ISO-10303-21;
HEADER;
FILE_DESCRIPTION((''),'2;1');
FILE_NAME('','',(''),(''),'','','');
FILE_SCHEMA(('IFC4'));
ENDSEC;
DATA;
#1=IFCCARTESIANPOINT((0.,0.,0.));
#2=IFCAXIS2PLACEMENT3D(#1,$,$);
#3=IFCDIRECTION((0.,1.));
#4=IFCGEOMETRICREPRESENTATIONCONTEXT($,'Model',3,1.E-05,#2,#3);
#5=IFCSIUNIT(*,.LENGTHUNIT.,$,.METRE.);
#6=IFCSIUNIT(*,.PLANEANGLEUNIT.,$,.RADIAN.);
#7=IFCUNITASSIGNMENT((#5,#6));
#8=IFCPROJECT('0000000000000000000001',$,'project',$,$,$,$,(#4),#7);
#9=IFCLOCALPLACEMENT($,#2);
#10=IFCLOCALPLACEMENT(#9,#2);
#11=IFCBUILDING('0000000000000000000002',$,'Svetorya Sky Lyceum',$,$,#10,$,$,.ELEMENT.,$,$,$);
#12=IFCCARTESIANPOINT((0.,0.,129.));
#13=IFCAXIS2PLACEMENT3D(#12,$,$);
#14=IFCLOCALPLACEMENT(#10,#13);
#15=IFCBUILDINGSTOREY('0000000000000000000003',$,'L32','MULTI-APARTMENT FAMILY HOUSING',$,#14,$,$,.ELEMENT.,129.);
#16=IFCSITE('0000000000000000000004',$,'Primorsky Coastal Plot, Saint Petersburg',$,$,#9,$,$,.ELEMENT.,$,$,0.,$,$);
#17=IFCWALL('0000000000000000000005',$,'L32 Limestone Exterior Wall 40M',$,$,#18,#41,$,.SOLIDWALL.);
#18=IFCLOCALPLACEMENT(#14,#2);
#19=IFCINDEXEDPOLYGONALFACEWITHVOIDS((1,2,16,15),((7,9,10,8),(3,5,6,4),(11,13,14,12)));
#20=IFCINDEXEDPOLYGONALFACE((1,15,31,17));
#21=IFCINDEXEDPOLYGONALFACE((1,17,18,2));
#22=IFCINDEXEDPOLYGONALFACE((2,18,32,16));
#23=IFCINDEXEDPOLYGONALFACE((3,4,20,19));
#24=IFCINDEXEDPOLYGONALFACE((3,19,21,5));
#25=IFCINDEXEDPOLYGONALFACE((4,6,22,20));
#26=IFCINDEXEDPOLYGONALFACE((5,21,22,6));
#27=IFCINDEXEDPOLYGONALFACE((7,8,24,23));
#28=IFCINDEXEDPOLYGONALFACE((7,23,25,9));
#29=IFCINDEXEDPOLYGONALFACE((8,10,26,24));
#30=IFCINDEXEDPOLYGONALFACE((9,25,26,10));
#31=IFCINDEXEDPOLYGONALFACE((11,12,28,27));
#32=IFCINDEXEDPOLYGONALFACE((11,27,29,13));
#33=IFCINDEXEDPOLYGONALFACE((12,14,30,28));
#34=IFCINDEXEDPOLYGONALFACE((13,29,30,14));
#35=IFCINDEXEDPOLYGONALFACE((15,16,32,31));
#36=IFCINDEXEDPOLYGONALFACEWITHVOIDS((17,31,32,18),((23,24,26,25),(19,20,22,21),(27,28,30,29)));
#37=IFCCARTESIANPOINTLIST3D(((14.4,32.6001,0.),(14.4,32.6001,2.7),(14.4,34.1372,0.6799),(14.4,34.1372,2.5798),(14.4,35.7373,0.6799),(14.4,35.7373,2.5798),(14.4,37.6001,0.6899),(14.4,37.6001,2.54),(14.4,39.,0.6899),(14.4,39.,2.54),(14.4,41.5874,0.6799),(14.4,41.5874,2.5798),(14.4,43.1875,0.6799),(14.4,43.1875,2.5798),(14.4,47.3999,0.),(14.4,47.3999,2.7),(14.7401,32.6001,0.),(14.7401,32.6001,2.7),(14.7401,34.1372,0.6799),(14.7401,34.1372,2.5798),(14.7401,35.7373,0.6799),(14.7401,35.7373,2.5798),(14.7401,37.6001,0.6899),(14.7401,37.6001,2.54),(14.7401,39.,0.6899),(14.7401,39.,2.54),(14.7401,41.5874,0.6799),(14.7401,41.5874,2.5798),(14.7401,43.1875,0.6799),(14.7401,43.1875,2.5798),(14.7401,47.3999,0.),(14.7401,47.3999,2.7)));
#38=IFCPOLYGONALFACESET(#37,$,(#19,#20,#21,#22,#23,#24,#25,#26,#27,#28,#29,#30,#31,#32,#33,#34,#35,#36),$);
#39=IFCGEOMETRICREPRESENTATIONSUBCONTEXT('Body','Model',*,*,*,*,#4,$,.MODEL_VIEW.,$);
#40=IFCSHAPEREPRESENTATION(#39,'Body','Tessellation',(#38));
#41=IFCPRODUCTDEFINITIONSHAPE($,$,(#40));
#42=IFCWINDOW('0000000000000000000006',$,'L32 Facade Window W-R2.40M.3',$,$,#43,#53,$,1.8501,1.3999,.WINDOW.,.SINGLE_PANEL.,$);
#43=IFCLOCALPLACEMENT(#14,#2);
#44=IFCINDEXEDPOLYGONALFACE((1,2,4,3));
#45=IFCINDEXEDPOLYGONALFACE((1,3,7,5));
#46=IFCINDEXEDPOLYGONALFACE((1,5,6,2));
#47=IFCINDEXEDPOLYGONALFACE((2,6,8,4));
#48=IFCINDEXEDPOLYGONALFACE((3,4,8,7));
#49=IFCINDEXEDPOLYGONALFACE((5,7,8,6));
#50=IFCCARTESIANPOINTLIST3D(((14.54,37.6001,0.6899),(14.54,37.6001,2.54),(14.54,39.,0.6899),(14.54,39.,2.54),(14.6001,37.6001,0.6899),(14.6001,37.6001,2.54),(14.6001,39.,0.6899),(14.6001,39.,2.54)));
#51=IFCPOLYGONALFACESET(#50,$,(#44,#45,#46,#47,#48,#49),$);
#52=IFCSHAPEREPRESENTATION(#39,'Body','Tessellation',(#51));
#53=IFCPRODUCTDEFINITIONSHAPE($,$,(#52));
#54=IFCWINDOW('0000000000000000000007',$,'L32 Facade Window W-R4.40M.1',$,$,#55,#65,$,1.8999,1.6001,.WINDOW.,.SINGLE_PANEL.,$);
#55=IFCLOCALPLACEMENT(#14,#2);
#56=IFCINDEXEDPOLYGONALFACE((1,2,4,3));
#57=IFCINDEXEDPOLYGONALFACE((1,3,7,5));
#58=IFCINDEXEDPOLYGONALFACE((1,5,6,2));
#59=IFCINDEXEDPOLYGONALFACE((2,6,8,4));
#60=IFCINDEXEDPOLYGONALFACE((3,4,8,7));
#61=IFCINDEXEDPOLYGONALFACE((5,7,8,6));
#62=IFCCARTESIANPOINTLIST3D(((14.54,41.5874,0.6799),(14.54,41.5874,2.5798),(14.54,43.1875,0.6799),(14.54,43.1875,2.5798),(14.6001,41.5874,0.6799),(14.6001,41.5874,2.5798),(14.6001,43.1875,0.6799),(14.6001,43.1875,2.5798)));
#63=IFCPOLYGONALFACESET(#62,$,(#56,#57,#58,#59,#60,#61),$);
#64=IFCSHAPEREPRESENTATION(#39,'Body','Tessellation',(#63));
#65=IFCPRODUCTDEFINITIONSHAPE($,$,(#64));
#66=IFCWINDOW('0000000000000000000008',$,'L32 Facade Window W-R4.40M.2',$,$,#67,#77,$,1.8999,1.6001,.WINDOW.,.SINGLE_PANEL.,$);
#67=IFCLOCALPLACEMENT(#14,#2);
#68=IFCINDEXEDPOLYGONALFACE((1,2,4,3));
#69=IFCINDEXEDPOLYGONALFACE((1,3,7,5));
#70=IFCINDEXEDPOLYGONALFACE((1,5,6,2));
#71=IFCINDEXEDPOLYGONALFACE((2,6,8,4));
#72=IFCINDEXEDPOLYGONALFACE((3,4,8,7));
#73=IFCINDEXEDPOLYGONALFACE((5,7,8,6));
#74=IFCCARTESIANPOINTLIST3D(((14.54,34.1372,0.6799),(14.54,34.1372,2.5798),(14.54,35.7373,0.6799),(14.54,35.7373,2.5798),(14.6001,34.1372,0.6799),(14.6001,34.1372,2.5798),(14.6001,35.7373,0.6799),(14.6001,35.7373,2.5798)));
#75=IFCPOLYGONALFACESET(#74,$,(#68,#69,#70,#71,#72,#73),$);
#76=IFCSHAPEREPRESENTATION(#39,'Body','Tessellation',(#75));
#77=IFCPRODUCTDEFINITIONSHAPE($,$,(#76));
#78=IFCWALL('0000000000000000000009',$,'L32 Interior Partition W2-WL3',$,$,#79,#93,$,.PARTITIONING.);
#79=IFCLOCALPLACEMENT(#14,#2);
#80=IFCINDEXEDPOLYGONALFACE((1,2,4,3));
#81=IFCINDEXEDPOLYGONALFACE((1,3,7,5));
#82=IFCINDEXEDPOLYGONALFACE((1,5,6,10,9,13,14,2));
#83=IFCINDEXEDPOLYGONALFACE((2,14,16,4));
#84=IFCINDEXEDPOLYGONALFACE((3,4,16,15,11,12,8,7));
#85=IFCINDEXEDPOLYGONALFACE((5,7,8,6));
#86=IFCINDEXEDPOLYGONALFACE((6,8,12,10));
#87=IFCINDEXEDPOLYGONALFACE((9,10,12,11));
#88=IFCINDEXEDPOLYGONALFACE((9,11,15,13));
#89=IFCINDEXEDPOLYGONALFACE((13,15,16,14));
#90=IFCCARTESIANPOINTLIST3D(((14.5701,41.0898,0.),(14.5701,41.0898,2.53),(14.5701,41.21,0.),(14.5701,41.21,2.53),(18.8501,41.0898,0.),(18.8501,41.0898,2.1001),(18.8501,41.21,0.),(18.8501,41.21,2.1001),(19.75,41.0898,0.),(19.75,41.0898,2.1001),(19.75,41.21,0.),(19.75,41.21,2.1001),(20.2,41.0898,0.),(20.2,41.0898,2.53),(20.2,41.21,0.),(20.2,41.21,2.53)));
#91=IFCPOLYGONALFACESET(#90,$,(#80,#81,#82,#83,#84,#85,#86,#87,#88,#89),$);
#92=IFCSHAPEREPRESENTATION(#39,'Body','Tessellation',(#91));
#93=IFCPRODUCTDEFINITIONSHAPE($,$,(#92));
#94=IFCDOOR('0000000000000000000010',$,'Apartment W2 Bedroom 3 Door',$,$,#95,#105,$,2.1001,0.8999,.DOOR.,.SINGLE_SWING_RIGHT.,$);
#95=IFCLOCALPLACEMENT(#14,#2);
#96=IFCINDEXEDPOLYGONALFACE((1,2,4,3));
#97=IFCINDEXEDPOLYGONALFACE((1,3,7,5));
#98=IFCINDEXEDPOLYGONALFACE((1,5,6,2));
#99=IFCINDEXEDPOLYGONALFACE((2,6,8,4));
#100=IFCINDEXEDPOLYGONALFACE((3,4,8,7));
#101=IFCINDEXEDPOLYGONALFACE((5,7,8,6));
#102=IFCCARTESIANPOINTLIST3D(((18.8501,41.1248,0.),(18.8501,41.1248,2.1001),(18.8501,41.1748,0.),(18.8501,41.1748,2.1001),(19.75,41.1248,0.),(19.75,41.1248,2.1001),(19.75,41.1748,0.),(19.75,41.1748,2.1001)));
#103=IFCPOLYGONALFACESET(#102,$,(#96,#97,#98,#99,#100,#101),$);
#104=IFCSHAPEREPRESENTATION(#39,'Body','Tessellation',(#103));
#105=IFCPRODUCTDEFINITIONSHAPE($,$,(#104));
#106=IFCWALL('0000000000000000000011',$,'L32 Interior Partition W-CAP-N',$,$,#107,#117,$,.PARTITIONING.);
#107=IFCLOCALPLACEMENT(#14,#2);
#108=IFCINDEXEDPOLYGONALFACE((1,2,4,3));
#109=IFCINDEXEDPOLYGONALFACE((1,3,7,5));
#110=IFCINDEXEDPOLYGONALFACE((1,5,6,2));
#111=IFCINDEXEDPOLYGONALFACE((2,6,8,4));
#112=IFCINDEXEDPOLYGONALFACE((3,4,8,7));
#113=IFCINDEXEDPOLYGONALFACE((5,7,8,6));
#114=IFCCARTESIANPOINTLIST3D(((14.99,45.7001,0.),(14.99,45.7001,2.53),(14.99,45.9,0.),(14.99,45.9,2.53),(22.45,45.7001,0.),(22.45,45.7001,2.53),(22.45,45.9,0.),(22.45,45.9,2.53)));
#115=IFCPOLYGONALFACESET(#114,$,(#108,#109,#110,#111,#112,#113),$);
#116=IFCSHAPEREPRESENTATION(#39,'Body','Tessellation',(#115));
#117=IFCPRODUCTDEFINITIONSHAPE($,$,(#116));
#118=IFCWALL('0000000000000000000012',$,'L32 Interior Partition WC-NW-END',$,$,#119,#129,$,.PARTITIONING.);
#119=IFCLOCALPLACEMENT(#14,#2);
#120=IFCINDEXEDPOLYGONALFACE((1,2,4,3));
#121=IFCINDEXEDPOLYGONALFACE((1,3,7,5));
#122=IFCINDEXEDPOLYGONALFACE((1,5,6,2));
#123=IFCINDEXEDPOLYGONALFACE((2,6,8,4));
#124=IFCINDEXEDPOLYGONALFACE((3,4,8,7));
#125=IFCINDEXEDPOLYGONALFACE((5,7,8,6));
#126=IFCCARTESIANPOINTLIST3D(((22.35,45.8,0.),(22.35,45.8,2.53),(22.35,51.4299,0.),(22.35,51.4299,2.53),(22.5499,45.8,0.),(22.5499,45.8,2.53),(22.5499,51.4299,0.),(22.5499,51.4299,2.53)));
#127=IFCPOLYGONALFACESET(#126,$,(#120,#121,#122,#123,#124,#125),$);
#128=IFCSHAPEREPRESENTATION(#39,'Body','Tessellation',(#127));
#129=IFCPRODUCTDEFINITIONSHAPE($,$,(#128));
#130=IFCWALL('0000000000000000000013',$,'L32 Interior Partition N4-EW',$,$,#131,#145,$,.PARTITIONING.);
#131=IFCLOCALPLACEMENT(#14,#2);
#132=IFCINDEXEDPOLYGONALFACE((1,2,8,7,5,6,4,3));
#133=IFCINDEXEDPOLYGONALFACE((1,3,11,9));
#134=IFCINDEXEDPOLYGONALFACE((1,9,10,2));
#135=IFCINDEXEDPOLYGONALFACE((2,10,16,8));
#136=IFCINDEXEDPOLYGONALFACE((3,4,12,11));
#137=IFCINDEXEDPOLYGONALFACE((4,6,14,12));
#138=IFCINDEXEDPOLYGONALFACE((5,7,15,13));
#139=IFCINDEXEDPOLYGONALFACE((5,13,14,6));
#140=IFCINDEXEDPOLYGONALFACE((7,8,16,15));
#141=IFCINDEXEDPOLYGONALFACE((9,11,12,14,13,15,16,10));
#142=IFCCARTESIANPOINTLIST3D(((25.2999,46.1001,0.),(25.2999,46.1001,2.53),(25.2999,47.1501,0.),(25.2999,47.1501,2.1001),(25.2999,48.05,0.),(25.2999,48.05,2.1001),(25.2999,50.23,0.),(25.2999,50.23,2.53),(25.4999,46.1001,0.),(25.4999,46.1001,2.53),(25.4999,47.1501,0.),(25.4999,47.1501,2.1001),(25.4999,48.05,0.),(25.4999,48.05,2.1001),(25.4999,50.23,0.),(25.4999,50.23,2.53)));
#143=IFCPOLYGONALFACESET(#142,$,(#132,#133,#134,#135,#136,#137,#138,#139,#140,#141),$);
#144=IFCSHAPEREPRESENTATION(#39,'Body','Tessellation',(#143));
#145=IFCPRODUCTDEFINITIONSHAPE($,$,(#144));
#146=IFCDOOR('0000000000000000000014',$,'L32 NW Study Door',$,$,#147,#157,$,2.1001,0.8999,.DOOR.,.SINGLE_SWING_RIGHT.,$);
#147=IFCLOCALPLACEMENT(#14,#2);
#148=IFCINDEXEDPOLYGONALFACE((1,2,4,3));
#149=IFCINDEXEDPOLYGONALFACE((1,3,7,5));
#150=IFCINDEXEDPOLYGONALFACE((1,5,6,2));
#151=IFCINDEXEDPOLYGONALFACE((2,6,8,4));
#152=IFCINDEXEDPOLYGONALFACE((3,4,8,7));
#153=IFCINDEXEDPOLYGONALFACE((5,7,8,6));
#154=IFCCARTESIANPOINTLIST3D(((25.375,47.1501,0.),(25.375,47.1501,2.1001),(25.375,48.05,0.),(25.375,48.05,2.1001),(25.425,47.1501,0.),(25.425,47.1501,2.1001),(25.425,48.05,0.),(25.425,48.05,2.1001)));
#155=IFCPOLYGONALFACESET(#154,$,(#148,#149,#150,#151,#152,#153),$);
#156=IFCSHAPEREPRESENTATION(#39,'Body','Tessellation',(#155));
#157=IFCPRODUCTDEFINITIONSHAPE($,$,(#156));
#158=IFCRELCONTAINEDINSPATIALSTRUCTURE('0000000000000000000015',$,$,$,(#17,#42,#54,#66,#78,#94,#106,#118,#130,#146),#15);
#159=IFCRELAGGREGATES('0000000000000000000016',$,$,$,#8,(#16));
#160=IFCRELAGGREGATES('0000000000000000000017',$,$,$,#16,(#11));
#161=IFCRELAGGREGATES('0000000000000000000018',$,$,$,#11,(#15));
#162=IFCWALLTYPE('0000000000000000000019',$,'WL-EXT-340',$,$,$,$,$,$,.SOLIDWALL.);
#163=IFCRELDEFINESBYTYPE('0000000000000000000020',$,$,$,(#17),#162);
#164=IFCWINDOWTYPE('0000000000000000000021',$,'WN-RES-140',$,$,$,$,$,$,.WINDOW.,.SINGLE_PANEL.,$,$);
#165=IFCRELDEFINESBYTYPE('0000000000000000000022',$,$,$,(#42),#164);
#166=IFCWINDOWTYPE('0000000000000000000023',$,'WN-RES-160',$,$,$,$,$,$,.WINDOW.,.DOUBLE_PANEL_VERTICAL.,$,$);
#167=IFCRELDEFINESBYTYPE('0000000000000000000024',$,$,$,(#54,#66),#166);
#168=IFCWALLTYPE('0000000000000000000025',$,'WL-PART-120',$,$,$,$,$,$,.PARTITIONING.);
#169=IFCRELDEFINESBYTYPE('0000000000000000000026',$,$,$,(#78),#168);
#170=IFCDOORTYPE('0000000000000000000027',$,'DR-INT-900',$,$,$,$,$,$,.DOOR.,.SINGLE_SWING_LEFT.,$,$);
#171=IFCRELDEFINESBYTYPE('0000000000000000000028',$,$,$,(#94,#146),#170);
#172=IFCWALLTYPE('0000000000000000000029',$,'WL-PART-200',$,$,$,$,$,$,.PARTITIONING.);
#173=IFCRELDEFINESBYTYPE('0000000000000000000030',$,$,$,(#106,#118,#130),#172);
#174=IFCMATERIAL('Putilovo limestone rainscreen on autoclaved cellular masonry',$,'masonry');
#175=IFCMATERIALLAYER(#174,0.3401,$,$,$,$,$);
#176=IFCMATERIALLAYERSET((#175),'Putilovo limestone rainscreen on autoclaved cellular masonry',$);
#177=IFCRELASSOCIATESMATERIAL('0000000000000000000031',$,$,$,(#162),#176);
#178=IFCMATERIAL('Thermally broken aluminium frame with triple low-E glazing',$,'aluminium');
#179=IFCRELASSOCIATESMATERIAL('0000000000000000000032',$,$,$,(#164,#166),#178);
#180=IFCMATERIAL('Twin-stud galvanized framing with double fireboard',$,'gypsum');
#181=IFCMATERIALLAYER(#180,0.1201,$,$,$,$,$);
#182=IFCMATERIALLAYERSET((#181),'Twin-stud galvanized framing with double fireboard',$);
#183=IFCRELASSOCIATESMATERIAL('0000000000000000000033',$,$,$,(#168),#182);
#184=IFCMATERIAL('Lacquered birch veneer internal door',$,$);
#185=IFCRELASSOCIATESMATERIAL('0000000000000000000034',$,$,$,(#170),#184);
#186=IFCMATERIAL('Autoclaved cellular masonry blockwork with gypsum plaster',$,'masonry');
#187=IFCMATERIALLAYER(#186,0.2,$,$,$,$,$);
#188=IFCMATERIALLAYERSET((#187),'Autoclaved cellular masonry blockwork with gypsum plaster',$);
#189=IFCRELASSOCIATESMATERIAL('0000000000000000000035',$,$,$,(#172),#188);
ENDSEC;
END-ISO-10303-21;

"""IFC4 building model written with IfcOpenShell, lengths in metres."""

from ifc_helpers import new_model, si_unit, direction, frame, frame_2d, origin, place, context, subcontext, project, spatial, rectangle, extrude, material, layer, layer_set, type_object, element, fill, save


model = new_model("IFC4")

# Units and contexts
model_context = context("Model", 3, precision=1e-05, world=origin(), true_north=direction((0.0, 1.0)))
body_context = subcontext(model_context, "Body", "Model", "MODEL_VIEW")
ifc_project = project(units=[si_unit("LENGTHUNIT", "METRE"), si_unit("PLANEANGLEUNIT", "RADIAN")], contexts=[model_context])

# Site, building, storey
site_placement = place(None, origin())
site = spatial("IfcSite", under=ifc_project, at=site_placement, Name="Primorsky Coastal Plot, Saint Petersburg", CompositionType="ELEMENT", RefElevation=0.0)
building_placement = place(site_placement, origin())
building = spatial("IfcBuilding", under=site, at=building_placement, Name="Svetorya Sky Lyceum", CompositionType="ELEMENT")
storey_placement = place(building_placement, frame((0.0, 0.0, 129.0)))
storey = spatial("IfcBuildingStorey", under=building, at=storey_placement, Name="L32", Description="MULTI-APARTMENT FAMILY HOUSING", CompositionType="ELEMENT", Elevation=129.0)

# Shared definitions
ifc_material_1 = material(Name="Putilovo limestone rainscreen on autoclaved cellular masonry", Category="masonry")
ifc_layer_1 = layer(ifc_material_1, 0.3401)
ifc_layer_set_1 = layer_set([ifc_layer_1], Name="Putilovo limestone rainscreen on autoclaved cellular masonry")
wall_type_1 = type_object("IfcWallType", Name="WL-EXT-340", PredefinedType="SOLIDWALL", material=ifc_layer_set_1)

# Wall, openings, windows
wall_1_placement = place(storey_placement, frame((14.5701, 47.3999, 0.0), z_axis=(0.0, 0.0, 1.0), x_axis=(0.0, -1.0, 0.0)))
wall_1 = element("IfcWall", 1, at=wall_1_placement, inside=storey, type_object=wall_type_1, Name="L32 Limestone Exterior Wall 40M", PredefinedType="SOLIDWALL", context=body_context, shape_type="SweptSolid", body=[
    extrude(rectangle(XDim=14.7998, YDim=0.3401, at=frame_2d((7.3999, 0.0))), origin(), (0.0, 0.0, 1.0), 2.7),
])
opening_1_placement = place(wall_1_placement, frame((4.2124, 0.0, 0.6799)))
opening_1 = element("IfcOpeningElement", 2, at=opening_1_placement, cuts=wall_1, PredefinedType="OPENING", context=body_context, shape_type="SweptSolid", body=[
    extrude(rectangle(XDim=1.6001, YDim=1.8999, at=frame_2d((0.8, 0.95))), frame((0.0, 0.1799, 0.0), z_axis=(0.0, -1.0, 0.0), x_axis=(1.0, 0.0, 0.0)), (0.0, 0.0, 1.0), 0.3601),
])
opening_2_placement = place(wall_1_placement, frame((8.3999, 0.0, 0.6899)))
opening_2 = element("IfcOpeningElement", 3, at=opening_2_placement, cuts=wall_1, PredefinedType="OPENING", context=body_context, shape_type="SweptSolid", body=[
    extrude(rectangle(XDim=1.3999, YDim=1.8501, at=frame_2d((0.7, 0.925))), frame((0.0, 0.1799, 0.0), z_axis=(0.0, -1.0, 0.0), x_axis=(1.0, 0.0, 0.0)), (0.0, 0.0, 1.0), 0.3601),
])
opening_3_placement = place(wall_1_placement, frame((11.6626, 0.0, 0.6799)))
opening_3 = element("IfcOpeningElement", 4, at=opening_3_placement, cuts=wall_1, PredefinedType="OPENING", context=body_context, shape_type="SweptSolid", body=[
    extrude(rectangle(XDim=1.6001, YDim=1.8999, at=frame_2d((0.8, 0.95))), frame((0.0, 0.1799, 0.0), z_axis=(0.0, -1.0, 0.0), x_axis=(1.0, 0.0, 0.0)), (0.0, 0.0, 1.0), 0.3601),
])
ifc_material_2 = material(Name="Thermally broken aluminium frame with triple low-E glazing", Category="aluminium")
window_type_1 = type_object("IfcWindowType", Name="WN-RES-140", PartitioningType="SINGLE_PANEL", PredefinedType="WINDOW", material=ifc_material_2)
window_1_placement = place(opening_2_placement, origin())
window_1 = element("IfcWindow", 5, at=window_1_placement, inside=storey, type_object=window_type_1, Name="L32 Facade Window W-R2.40M.3", OverallHeight=1.8501, OverallWidth=1.3999, PartitioningType="SINGLE_PANEL", PredefinedType="WINDOW", context=body_context, shape_type="SweptSolid", body=[
    extrude(rectangle(XDim=1.3999, YDim=1.8501, at=frame_2d((0.7, 0.925))), frame((0.0, 0.03, 0.0), z_axis=(0.0, -1.0, 0.0), x_axis=(1.0, 0.0, 0.0)), (0.0, 0.0, 1.0), 0.0601),
])
fill(opening_2, window_1)
window_type_2 = type_object("IfcWindowType", Name="WN-RES-160", PartitioningType="DOUBLE_PANEL_VERTICAL", PredefinedType="WINDOW", material=ifc_material_2)
window_2_placement = place(opening_1_placement, origin())
window_2 = element("IfcWindow", 6, at=window_2_placement, inside=storey, type_object=window_type_2, Name="L32 Facade Window W-R4.40M.1", OverallHeight=1.8999, OverallWidth=1.6001, PartitioningType="SINGLE_PANEL", PredefinedType="WINDOW", context=body_context, shape_type="SweptSolid", body=[
    extrude(rectangle(XDim=1.6001, YDim=1.8999, at=frame_2d((0.8, 0.95))), frame((0.0, 0.03, 0.0), z_axis=(0.0, -1.0, 0.0), x_axis=(1.0, 0.0, 0.0)), (0.0, 0.0, 1.0), 0.0601),
])
fill(opening_1, window_2)
window_3_placement = place(opening_3_placement, origin())
window_3 = element("IfcWindow", 7, at=window_3_placement, inside=storey, type_object=window_type_2, Name="L32 Facade Window W-R4.40M.2", OverallHeight=1.8999, OverallWidth=1.6001, PartitioningType="SINGLE_PANEL", PredefinedType="WINDOW", context=body_context, shape_type="SweptSolid", body=[
    extrude(rectangle(XDim=1.6001, YDim=1.8999, at=frame_2d((0.8, 0.95))), frame((0.0, 0.03, 0.0), z_axis=(0.0, -1.0, 0.0), x_axis=(1.0, 0.0, 0.0)), (0.0, 0.0, 1.0), 0.0601),
])
fill(opening_3, window_3)

# Wall, opening, door
ifc_material_3 = material(Name="Twin-stud galvanized framing with double fireboard", Category="gypsum")
ifc_layer_2 = layer(ifc_material_3, 0.1201)
ifc_layer_set_2 = layer_set([ifc_layer_2], Name="Twin-stud galvanized framing with double fireboard")
wall_type_2 = type_object("IfcWallType", Name="WL-PART-120", PredefinedType="PARTITIONING", material=ifc_layer_set_2)
wall_2_placement = place(storey_placement, frame((14.5701, 41.1499, 0.0), z_axis=(0.0, 0.0, 1.0), x_axis=(1.0, 0.0, 0.0)))
wall_2 = element("IfcWall", 8, at=wall_2_placement, inside=storey, type_object=wall_type_2, Name="L32 Interior Partition W2-WL3", PredefinedType="PARTITIONING", context=body_context, shape_type="SweptSolid", body=[
    extrude(rectangle(XDim=5.6299, YDim=0.1201, at=frame_2d((2.8149, 0.0))), origin(), (0.0, 0.0, 1.0), 2.53),
])
opening_4_placement = place(wall_2_placement, frame((4.28, 0.0, 0.0)))
opening_4 = element("IfcOpeningElement", 9, at=opening_4_placement, cuts=wall_2, PredefinedType="OPENING", context=body_context, shape_type="SweptSolid", body=[
    extrude(rectangle(XDim=0.8999, YDim=2.1001, at=frame_2d((0.45, 1.05))), frame((0.0, 0.0701, 0.0), z_axis=(0.0, -1.0, 0.0), x_axis=(1.0, 0.0, 0.0)), (0.0, 0.0, 1.0), 0.1401),
])
ifc_material_4 = material(Name="Lacquered birch veneer internal door")
door_type = type_object("IfcDoorType", Name="DR-INT-900", OperationType="SINGLE_SWING_LEFT", PredefinedType="DOOR", material=ifc_material_4)
door_1_placement = place(opening_4_placement, origin())
door_1 = element("IfcDoor", 10, at=door_1_placement, inside=storey, type_object=door_type, Name="Apartment W2 Bedroom 3 Door", OperationType="SINGLE_SWING_RIGHT", OverallHeight=2.1001, OverallWidth=0.8999, PredefinedType="DOOR", context=body_context, shape_type="SweptSolid", body=[
    extrude(rectangle(XDim=0.8999, YDim=2.1001, at=frame_2d((0.45, 1.05))), frame((0.0, 0.0249, 0.0), z_axis=(0.0, -1.0, 0.0), x_axis=(1.0, 0.0, 0.0)), (0.0, 0.0, 1.0), 0.05),
])
fill(opening_4, door_1)

# Walls
ifc_material_5 = material(Name="Autoclaved cellular masonry blockwork with gypsum plaster", Category="masonry")
ifc_layer_3 = layer(ifc_material_5, 0.2)
ifc_layer_set_3 = layer_set([ifc_layer_3], Name="Autoclaved cellular masonry blockwork with gypsum plaster")
wall_type_3 = type_object("IfcWallType", Name="WL-PART-200", PredefinedType="PARTITIONING", material=ifc_layer_set_3)
wall_3_placement = place(storey_placement, frame((14.99, 45.8, 0.0), z_axis=(0.0, 0.0, 1.0), x_axis=(1.0, 0.0, 0.0)))
element("IfcWall", 11, at=wall_3_placement, inside=storey, type_object=wall_type_3, Name="L32 Interior Partition W-CAP-N", PredefinedType="PARTITIONING", context=body_context, shape_type="SweptSolid", body=[
    extrude(rectangle(XDim=7.46, YDim=0.2, at=frame_2d((3.73, 0.0))), origin(), (0.0, 0.0, 1.0), 2.53),
])
wall_4_placement = place(storey_placement, frame((22.45, 45.8, 0.0), z_axis=(0.0, 0.0, 1.0), x_axis=(0.0, 1.0, 0.0)))
element("IfcWall", 12, at=wall_4_placement, inside=storey, type_object=wall_type_3, Name="L32 Interior Partition WC-NW-END", PredefinedType="PARTITIONING", context=body_context, shape_type="SweptSolid", body=[
    extrude(rectangle(XDim=5.6299, YDim=0.2, at=frame_2d((2.8149, 0.0))), origin(), (0.0, 0.0, 1.0), 2.53),
])

# Wall, opening, door
wall_5_placement = place(storey_placement, frame((25.3999, 46.1001, 0.0), z_axis=(0.0, 0.0, 1.0), x_axis=(0.0, 1.0, 0.0)))
wall_5 = element("IfcWall", 13, at=wall_5_placement, inside=storey, type_object=wall_type_3, Name="L32 Interior Partition N4-EW", PredefinedType="PARTITIONING", context=body_context, shape_type="SweptSolid", body=[
    extrude(rectangle(XDim=4.1299, YDim=0.2, at=frame_2d((2.0649, 0.0))), origin(), (0.0, 0.0, 1.0), 2.53),
])
opening_5_placement = place(wall_5_placement, frame((1.05, 0.0, 0.0)))
opening_5 = element("IfcOpeningElement", 14, at=opening_5_placement, cuts=wall_5, PredefinedType="OPENING", context=body_context, shape_type="SweptSolid", body=[
    extrude(rectangle(XDim=0.8999, YDim=2.1001, at=frame_2d((0.45, 1.05))), frame((0.0, 0.1099, 0.0), z_axis=(0.0, -1.0, 0.0), x_axis=(1.0, 0.0, 0.0)), (0.0, 0.0, 1.0), 0.22),
])
door_2_placement = place(opening_5_placement, origin())
door_2 = element("IfcDoor", 15, at=door_2_placement, inside=storey, type_object=door_type, Name="L32 NW Study Door", OperationType="SINGLE_SWING_RIGHT", OverallHeight=2.1001, OverallWidth=0.8999, PredefinedType="DOOR", context=body_context, shape_type="SweptSolid", body=[
    extrude(rectangle(XDim=0.8999, YDim=2.1001, at=frame_2d((0.45, 1.05))), frame((0.0, 0.0249, 0.0), z_axis=(0.0, -1.0, 0.0), x_axis=(1.0, 0.0, 0.0)), (0.0, 0.0, 1.0), 0.05),
])
fill(opening_5, door_2)

save(model, "model.ifc")
